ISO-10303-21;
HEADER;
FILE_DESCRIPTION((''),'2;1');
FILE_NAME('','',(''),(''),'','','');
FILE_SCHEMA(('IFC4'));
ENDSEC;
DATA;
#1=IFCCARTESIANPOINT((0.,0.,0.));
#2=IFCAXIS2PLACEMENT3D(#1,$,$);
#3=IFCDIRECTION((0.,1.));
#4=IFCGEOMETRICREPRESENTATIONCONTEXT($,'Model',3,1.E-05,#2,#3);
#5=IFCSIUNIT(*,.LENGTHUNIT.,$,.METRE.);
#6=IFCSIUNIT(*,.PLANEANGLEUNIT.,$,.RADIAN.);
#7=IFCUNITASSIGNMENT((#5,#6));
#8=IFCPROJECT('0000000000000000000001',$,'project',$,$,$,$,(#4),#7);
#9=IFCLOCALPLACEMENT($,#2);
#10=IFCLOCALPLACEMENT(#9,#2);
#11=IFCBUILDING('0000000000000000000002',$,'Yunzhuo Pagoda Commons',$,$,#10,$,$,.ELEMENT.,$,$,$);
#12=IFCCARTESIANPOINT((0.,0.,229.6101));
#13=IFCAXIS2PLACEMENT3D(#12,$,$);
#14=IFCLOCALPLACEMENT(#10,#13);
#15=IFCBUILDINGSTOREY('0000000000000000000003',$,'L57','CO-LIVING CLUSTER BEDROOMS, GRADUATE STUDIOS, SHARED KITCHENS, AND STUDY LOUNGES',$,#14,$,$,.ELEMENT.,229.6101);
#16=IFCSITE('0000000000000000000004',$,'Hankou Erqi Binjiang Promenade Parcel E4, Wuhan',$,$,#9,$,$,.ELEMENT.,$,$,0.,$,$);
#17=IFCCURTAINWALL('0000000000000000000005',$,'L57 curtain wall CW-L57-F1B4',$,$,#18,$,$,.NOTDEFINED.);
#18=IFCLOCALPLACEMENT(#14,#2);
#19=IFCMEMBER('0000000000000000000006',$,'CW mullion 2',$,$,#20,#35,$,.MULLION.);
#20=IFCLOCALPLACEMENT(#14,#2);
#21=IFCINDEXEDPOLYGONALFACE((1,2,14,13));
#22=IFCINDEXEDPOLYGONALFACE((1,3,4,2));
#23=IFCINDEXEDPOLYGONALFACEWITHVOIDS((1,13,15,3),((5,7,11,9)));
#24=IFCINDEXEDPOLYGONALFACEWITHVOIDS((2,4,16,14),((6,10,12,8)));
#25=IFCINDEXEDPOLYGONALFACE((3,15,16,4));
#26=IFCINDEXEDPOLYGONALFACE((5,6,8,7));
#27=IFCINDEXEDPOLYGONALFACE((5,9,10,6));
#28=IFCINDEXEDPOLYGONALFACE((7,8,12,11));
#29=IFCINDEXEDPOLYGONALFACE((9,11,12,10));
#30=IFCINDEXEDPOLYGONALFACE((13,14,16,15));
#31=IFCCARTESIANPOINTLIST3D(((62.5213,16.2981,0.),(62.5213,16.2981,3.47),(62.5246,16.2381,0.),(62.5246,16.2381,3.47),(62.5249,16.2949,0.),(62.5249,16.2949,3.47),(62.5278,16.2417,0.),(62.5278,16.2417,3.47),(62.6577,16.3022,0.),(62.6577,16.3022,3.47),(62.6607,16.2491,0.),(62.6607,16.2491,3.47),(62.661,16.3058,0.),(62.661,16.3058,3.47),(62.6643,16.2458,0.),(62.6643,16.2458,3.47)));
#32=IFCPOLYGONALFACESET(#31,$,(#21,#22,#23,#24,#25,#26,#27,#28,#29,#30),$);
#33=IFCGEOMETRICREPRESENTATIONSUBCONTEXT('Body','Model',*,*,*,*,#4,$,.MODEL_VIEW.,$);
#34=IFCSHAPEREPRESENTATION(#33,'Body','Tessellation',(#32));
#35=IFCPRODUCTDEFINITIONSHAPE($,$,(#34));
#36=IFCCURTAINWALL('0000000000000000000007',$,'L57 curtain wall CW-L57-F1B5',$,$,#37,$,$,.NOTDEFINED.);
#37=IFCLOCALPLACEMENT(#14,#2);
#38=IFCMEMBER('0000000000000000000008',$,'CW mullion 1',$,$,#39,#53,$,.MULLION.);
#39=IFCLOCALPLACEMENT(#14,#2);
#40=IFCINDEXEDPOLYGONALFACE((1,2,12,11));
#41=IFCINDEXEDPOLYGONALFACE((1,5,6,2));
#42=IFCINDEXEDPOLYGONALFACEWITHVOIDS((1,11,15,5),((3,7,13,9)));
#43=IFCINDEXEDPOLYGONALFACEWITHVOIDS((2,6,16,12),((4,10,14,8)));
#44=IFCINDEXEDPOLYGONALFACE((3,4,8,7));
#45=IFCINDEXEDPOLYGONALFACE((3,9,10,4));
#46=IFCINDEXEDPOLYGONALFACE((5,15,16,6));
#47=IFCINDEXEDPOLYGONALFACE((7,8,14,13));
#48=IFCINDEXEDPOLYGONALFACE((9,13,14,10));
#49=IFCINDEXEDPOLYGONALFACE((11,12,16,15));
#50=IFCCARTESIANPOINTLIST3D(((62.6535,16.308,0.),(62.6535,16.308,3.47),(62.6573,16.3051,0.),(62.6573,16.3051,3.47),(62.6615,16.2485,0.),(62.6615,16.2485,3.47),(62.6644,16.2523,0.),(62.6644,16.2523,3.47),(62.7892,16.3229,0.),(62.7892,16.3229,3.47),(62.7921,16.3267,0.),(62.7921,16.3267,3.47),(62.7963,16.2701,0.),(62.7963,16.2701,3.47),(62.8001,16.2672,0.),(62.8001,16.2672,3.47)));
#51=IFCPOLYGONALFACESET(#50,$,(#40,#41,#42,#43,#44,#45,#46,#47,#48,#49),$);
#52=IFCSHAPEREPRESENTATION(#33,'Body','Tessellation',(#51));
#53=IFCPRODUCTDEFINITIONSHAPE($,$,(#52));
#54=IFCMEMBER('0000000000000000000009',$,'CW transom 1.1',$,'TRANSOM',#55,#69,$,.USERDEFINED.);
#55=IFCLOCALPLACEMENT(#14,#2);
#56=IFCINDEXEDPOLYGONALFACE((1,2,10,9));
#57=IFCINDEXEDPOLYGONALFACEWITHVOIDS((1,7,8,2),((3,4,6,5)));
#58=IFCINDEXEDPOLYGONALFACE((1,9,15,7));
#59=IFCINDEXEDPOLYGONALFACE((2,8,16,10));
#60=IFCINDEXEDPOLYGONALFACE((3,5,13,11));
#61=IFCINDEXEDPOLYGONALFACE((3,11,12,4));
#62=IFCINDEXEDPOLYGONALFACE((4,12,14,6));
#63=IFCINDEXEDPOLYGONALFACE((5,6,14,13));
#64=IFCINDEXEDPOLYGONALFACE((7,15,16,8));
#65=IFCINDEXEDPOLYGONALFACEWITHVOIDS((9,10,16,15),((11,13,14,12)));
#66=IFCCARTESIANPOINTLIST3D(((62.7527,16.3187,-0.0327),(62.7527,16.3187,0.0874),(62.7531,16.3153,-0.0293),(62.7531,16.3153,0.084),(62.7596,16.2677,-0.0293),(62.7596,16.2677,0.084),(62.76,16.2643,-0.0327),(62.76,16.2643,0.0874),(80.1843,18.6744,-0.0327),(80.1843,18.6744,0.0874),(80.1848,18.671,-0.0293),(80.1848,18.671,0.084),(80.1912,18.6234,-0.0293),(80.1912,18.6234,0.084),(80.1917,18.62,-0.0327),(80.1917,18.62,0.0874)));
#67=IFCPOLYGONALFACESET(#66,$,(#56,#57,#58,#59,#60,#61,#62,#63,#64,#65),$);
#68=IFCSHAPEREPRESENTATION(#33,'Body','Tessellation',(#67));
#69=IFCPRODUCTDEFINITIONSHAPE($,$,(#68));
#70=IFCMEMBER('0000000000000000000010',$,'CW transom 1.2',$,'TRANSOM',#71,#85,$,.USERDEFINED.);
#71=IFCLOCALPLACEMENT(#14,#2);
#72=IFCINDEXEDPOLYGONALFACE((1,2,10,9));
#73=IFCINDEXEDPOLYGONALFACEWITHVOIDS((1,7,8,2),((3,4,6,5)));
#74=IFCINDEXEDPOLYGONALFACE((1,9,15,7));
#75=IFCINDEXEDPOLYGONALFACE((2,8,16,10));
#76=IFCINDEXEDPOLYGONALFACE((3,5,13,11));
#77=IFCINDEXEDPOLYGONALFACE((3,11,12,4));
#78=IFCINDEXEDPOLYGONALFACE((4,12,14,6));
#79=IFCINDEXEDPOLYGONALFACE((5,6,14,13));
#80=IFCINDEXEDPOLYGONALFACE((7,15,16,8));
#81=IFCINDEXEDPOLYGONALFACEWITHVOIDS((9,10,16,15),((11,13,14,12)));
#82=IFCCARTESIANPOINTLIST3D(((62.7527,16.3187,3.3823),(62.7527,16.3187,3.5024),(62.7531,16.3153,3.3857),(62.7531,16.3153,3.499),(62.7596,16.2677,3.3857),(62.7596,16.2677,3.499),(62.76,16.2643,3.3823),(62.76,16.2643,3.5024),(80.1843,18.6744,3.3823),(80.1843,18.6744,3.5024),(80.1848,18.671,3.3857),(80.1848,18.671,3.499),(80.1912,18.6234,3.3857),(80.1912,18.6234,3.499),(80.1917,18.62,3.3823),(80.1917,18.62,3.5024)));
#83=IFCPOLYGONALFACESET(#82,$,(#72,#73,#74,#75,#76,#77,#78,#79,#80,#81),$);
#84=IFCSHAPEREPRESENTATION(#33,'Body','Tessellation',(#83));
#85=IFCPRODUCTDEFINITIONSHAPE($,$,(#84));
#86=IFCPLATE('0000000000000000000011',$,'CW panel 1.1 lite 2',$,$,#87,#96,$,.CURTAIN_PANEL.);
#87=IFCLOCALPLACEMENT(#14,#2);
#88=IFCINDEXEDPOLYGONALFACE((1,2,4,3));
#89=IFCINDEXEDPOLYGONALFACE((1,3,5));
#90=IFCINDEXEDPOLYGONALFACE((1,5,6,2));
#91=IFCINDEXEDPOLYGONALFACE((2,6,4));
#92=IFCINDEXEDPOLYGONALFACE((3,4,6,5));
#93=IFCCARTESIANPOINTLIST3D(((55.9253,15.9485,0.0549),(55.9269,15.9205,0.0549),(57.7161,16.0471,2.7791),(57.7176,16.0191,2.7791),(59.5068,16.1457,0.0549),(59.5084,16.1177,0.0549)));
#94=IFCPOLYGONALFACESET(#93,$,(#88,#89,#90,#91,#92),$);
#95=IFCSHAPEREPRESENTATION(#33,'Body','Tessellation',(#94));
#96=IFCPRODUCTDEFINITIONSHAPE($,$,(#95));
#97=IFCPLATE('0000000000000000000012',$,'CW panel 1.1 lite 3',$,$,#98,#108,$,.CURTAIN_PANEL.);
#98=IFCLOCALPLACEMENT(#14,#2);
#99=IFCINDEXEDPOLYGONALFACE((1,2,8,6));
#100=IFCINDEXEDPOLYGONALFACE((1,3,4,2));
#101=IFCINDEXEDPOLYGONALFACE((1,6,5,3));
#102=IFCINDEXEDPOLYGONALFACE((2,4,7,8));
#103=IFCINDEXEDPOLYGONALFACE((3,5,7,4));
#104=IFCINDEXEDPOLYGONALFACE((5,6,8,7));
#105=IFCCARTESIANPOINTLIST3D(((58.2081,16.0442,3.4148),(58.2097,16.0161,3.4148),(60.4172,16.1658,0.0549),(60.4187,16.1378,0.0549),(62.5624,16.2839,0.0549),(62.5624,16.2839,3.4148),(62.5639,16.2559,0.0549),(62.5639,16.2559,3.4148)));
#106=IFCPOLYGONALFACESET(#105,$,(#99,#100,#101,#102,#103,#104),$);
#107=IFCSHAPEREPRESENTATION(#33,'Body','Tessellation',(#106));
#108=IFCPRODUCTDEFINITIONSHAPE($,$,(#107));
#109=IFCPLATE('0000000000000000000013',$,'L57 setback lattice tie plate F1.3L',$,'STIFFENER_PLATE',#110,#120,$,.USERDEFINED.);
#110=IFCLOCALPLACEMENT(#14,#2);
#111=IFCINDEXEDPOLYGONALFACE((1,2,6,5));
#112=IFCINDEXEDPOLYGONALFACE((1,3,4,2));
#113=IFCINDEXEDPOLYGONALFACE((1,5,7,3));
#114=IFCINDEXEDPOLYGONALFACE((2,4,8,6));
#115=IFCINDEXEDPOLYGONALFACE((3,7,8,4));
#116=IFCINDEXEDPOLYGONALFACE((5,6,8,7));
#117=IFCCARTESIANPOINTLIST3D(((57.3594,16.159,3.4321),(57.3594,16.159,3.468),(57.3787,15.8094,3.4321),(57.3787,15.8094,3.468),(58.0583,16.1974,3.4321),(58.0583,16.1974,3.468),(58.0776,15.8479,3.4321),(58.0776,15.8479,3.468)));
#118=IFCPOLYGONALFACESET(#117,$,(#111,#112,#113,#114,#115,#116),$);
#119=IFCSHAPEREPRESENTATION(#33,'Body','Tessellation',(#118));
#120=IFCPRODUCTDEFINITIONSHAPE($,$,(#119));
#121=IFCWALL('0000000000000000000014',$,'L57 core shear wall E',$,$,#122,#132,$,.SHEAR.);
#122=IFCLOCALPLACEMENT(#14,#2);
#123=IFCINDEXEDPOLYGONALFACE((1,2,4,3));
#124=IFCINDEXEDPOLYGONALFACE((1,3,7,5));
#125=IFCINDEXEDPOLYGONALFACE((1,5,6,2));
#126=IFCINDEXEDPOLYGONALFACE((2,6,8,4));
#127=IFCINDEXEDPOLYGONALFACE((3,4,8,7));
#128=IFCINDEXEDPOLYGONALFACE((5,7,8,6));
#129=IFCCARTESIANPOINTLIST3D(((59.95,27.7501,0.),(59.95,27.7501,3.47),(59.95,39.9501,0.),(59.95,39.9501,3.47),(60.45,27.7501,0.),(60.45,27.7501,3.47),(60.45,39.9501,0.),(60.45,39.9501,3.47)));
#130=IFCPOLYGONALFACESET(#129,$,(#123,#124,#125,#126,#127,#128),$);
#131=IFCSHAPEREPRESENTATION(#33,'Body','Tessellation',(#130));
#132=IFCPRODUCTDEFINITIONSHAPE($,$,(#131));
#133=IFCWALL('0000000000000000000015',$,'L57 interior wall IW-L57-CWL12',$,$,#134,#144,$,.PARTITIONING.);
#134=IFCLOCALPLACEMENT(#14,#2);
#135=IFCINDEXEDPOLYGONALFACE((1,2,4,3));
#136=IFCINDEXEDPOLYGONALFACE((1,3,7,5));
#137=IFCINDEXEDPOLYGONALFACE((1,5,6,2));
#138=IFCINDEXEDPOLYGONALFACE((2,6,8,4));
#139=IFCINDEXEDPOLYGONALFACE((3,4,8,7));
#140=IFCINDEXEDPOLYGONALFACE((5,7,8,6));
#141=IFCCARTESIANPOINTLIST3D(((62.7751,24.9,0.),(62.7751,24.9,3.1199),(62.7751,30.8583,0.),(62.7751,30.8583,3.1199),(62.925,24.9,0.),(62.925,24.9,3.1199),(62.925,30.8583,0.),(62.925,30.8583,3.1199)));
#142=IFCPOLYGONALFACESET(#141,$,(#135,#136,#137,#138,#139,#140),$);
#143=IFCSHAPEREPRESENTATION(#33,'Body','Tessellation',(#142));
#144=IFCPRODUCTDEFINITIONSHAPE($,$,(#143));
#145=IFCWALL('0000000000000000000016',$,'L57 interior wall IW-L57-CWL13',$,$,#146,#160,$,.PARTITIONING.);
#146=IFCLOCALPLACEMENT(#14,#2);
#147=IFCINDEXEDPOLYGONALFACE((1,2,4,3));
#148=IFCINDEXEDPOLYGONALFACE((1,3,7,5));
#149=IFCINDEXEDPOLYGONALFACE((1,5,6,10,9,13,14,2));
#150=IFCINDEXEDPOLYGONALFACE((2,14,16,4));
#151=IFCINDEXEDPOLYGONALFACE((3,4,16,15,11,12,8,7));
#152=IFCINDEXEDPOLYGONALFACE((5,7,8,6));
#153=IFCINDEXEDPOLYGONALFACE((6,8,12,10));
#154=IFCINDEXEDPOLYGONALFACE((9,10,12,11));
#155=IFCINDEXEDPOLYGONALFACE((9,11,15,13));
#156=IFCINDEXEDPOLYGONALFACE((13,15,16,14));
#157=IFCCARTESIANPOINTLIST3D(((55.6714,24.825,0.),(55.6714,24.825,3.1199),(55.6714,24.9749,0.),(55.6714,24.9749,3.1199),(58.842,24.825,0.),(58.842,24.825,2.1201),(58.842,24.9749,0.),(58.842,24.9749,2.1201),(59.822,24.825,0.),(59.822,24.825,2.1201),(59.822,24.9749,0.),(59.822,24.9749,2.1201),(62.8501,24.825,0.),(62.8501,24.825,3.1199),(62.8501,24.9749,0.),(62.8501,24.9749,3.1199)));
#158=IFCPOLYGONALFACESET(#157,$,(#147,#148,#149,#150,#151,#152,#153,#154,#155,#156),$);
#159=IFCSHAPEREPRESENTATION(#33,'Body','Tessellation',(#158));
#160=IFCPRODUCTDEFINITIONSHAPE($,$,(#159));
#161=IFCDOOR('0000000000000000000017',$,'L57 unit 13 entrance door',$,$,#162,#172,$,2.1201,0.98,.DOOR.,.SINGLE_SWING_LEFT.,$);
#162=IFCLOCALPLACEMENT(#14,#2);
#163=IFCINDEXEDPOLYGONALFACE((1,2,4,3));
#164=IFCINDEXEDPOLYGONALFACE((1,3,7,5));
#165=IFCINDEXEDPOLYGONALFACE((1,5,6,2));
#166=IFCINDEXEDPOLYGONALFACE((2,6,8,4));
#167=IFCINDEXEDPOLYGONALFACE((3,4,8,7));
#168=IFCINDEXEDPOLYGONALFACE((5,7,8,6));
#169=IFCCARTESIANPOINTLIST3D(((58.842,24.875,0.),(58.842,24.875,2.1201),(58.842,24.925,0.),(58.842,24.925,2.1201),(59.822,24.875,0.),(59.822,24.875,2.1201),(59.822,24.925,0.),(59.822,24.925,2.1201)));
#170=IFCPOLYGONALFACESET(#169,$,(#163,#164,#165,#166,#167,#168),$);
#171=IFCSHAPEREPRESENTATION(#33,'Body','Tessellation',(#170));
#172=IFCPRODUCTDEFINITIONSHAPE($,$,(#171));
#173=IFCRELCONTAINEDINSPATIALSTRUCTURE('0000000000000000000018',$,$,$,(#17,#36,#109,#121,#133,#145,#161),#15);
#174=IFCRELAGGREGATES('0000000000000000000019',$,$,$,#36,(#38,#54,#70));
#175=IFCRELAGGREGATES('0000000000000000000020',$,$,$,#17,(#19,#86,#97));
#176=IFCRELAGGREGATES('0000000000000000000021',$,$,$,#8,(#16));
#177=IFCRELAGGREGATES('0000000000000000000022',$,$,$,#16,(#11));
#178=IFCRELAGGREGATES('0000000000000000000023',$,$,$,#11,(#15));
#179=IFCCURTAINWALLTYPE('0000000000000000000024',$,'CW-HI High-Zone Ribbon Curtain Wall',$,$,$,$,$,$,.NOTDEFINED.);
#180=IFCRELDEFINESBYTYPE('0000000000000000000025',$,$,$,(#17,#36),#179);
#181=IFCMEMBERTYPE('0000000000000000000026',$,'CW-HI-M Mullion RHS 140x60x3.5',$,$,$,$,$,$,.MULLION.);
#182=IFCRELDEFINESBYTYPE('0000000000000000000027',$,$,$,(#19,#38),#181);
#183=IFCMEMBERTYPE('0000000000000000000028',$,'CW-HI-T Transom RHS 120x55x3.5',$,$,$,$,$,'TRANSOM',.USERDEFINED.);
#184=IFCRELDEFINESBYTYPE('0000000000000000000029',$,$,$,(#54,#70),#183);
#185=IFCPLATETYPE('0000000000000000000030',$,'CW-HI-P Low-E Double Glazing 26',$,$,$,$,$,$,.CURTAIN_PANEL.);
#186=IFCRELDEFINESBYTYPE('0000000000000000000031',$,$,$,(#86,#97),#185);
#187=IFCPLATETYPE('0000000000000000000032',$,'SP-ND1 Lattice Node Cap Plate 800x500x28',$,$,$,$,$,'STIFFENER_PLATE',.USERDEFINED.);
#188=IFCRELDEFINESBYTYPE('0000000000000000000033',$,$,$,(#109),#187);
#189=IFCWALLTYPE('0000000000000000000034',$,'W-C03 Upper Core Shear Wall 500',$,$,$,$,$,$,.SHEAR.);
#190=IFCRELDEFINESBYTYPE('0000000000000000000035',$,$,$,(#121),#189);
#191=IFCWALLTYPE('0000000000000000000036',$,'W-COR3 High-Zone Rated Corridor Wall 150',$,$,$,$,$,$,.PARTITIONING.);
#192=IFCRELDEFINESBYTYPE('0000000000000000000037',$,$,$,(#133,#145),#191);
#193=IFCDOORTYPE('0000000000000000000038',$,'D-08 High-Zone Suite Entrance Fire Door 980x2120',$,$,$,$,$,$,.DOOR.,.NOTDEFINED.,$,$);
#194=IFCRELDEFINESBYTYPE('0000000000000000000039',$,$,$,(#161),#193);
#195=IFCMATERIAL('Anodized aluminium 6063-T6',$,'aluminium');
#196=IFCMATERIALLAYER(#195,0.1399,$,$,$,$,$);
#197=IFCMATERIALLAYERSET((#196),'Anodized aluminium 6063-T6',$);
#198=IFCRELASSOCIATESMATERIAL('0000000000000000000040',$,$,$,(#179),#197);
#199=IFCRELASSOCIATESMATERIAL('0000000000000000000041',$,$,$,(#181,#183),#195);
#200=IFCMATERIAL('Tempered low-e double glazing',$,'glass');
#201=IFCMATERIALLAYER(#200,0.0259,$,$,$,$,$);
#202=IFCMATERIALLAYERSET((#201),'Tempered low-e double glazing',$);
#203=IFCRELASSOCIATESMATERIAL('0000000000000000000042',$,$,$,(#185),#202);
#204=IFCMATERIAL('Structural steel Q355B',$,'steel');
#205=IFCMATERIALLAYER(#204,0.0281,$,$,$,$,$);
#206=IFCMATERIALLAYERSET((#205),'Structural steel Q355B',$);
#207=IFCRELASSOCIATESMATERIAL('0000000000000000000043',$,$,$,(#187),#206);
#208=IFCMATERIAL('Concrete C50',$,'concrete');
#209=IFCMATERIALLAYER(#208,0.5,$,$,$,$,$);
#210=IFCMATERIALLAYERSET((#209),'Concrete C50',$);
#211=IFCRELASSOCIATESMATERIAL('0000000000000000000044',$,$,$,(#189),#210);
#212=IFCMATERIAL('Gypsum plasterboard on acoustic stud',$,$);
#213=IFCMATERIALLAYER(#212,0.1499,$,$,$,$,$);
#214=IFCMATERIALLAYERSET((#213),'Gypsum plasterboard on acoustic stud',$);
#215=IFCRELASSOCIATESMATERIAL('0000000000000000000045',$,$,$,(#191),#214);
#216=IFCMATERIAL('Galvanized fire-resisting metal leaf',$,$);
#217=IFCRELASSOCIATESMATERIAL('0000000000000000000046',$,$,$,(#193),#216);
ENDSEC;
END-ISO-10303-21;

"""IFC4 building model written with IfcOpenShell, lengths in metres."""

from ifc_helpers import new_model, si_unit, direction, frame, frame_2d, origin, origin_with_axes, origin_2d, place, context, subcontext, project, spatial, polyline, rectangle, hollow_rectangle, outline, extrude, source, transform, mapped, material, layer, layer_set, material_profile, profile_set, type_object, element, fill, aggregate, save


model = new_model("IFC4")

# Units and contexts
model_context = context("Model", 3, precision=1e-05, world=origin(), true_north=direction((0.0, 1.0)))
body_context = subcontext(model_context, "Body", "Model", "MODEL_VIEW")
ifc_project = project(units=[si_unit("LENGTHUNIT", "METRE"), si_unit("PLANEANGLEUNIT", "RADIAN")], contexts=[model_context])

# Site, building, storey
site_placement = place(None, origin())
site = spatial("IfcSite", under=ifc_project, at=site_placement, Name="Hankou Erqi Binjiang Promenade Parcel E4, Wuhan", CompositionType="ELEMENT", RefElevation=0.0)
building_placement = place(site_placement, origin())
building = spatial("IfcBuilding", under=site, at=building_placement, Name="Yunzhuo Pagoda Commons", CompositionType="ELEMENT")
storey_placement = place(building_placement, frame((0.0, 0.0, 229.6101)))
storey = spatial("IfcBuildingStorey", under=building, at=storey_placement, Name="L57", Description="CO-LIVING CLUSTER BEDROOMS, GRADUATE STUDIOS, SHARED KITCHENS, AND STUDY LOUNGES", CompositionType="ELEMENT", Elevation=229.6101)

# Shared definitions
ifc_material_1 = material(Name="Structural steel Q355B", Category="steel")

# Curtain wall, member
ifc_material_2 = material(Name="Anodized aluminium 6063-T6", Category="aluminium")
ifc_layer_1 = layer(ifc_material_2, 0.1399)
ifc_layer_set_1 = layer_set([ifc_layer_1], Name="Anodized aluminium 6063-T6")
curtain_wall_type = type_object("IfcCurtainWallType", Name="CW-HI High-Zone Ribbon Curtain Wall", PredefinedType="NOTDEFINED", material=ifc_layer_set_1)
curtain_wall_1_placement = place(storey_placement, origin())
curtain_wall_1 = element("IfcCurtainWall", 1, at=curtain_wall_1_placement, inside=storey, type_object=curtain_wall_type, Name="L57 curtain wall CW-L57-F1B4", PredefinedType="NOTDEFINED")
ifc_material_profile_1 = material_profile(ifc_material_2, hollow_rectangle(XDim=0.0601, YDim=0.1399, WallThickness=0.0034, at=origin_2d()), Name="Anodized aluminium 6063-T6")
ifc_profile_set_1 = profile_set([ifc_material_profile_1], Name="Anodized aluminium 6063-T6")
member_type_1 = type_object("IfcMemberType", Name="CW-HI-M Mullion RHS 140x60x3.5", PredefinedType="MULLION", material=ifc_profile_set_1)
shared_shape_1 = source(origin(), body_context, "Body", "SweptSolid", [
    extrude(hollow_rectangle(XDim=0.0601, YDim=0.1399, WallThickness=0.0034, at=origin_2d()), origin(), (0.0, 0.0, 1.0), 3.47),
])
member_1_placement = place(storey_placement, frame((62.5928, 16.272, 0.0), z_axis=(0.0, 0.0, 1.0), x_axis=(-0.054981, 0.998487, 0.0)))
member_1 = element("IfcMember", 2, at=member_1_placement, type_object=member_type_1, Name="CW mullion 2", PredefinedType="MULLION", context=body_context, shape_type="MappedRepresentation", body=[
    mapped(shared_shape_1, transform((0.0, 0.0, 0.0), scale=1.0)),
])

# Curtain wall, members
curtain_wall_2_placement = place(storey_placement, origin())
curtain_wall_2 = element("IfcCurtainWall", 3, at=curtain_wall_2_placement, inside=storey, type_object=curtain_wall_type, Name="L57 curtain wall CW-L57-F1B5", PredefinedType="NOTDEFINED")
member_2_placement = place(storey_placement, frame((62.7268, 16.2876, 0.0), z_axis=(0.0, 0.0, 1.0), x_axis=(-0.13393, 0.990991, 0.0)))
member_2 = element("IfcMember", 4, at=member_2_placement, type_object=member_type_1, Name="CW mullion 1", PredefinedType="MULLION", context=body_context, shape_type="MappedRepresentation", body=[
    mapped(shared_shape_1, transform((0.0, 0.0, 0.0), scale=1.0)),
])
ifc_material_profile_2 = material_profile(ifc_material_2, hollow_rectangle(XDim=0.0549, YDim=0.1201, WallThickness=0.0034, at=origin_2d()), Name="Anodized aluminium 6063-T6")
ifc_profile_set_2 = profile_set([ifc_material_profile_2], Name="Anodized aluminium 6063-T6")
member_type_2 = type_object("IfcMemberType", Name="CW-HI-T Transom RHS 120x55x3.5", ElementType="TRANSOM", PredefinedType="USERDEFINED", material=ifc_profile_set_2)
shared_shape_2 = source(origin(), body_context, "Body", "SweptSolid", [
    extrude(hollow_rectangle(XDim=0.0549, YDim=0.1201, WallThickness=0.0034, at=origin_2d()), origin(), (0.0, 0.0, 1.0), 17.5901),
])
member_3_placement = place(storey_placement, frame((62.7563, 16.2915, 0.0273), z_axis=(0.990992, 0.133923, 0.0), x_axis=(-0.133923, 0.990992, 0.0)))
member_3 = element("IfcMember", 5, at=member_3_placement, type_object=member_type_2, Name="CW transom 1.1", ObjectType="TRANSOM", PredefinedType="USERDEFINED", context=body_context, shape_type="MappedRepresentation", body=[
    mapped(shared_shape_2, transform((0.0, 0.0, 0.0), scale=1.0)),
])
member_4_placement = place(storey_placement, frame((62.7563, 16.2915, 3.4424), z_axis=(0.990992, 0.133923, 0.0), x_axis=(-0.133923, 0.990992, 0.0)))
member_4 = element("IfcMember", 6, at=member_4_placement, type_object=member_type_2, Name="CW transom 1.2", ObjectType="TRANSOM", PredefinedType="USERDEFINED", context=body_context, shape_type="MappedRepresentation", body=[
    mapped(shared_shape_2, transform((0.0, 0.0, 0.0), scale=1.0)),
])
aggregate(curtain_wall_2, [member_2, member_3, member_4])

# Plates
ifc_material_3 = material(Name="Tempered low-e double glazing", Category="glass")
ifc_layer_2 = layer(ifc_material_3, 0.0259)
ifc_layer_set_2 = layer_set([ifc_layer_2], Name="Tempered low-e double glazing")
plate_type_1 = type_object("IfcPlateType", Name="CW-HI-P Low-E Double Glazing 26", PredefinedType="CURTAIN_PANEL", material=ifc_layer_set_2)
plate_1_placement = place(storey_placement, frame((57.7161, 16.0471, 1.417), z_axis=(0.054981, -0.998487, 0.0), x_axis=(0.998487, 0.054981, 0.0)))
plate_1 = element("IfcPlate", 7, at=plate_1_placement, type_object=plate_type_1, Name="CW panel 1.1 lite 2", PredefinedType="CURTAIN_PANEL", context=body_context, shape_type="SweptSolid", body=[
    extrude(outline(polyline([(-1.7935, -1.3621), (1.7935, -1.3621), (0.0, 1.3621), (-1.7935, -1.3621)])), origin(), (0.0, 0.0, 1.0), 0.0281),
])
plate_2_placement = place(storey_placement, frame((60.3853, 16.1641, 1.7349), z_axis=(0.054981, -0.998487, 0.0), x_axis=(0.998487, 0.054981, 0.0)))
plate_2 = element("IfcPlate", 8, at=plate_2_placement, type_object=plate_type_1, Name="CW panel 1.1 lite 3", PredefinedType="CURTAIN_PANEL", context=body_context, shape_type="SweptSolid", body=[
    extrude(outline(polyline([(-2.1804, 1.6799), (0.032, -1.6799), (2.1804, -1.6799), (2.1804, 1.6799), (-2.1804, 1.6799)])), origin(), (0.0, 0.0, 1.0), 0.0281),
])
aggregate(curtain_wall_1, [member_1, plate_1, plate_2])
ifc_layer_3 = layer(ifc_material_1, 0.0281)
ifc_layer_set_3 = layer_set([ifc_layer_3], Name="Structural steel Q355B")
plate_type_2 = type_object("IfcPlateType", Name="SP-ND1 Lattice Node Cap Plate 800x500x28", ElementType="STIFFENER_PLATE", PredefinedType="USERDEFINED", material=ifc_layer_set_3)
shared_shape_3 = source(origin(), body_context, "Body", "SweptSolid", [
    extrude(rectangle(XDim=0.7, YDim=0.3501, at=origin_2d()), origin(), (0.0, 0.0, 1.0), 0.0359),
])
plate_3_placement = place(storey_placement, frame((57.7185, 16.0034, 3.4321), z_axis=(0.0, 0.0, 1.0), x_axis=(0.998487, 0.054985, 0.0)))
element("IfcPlate", 9, at=plate_3_placement, inside=storey, type_object=plate_type_2, Name="L57 setback lattice tie plate F1.3L", ObjectType="STIFFENER_PLATE", PredefinedType="USERDEFINED", context=body_context, shape_type="MappedRepresentation", body=[
    mapped(shared_shape_3, transform((0.0, 0.0, 0.0), scale=1.0)),
])

# Walls
ifc_material_4 = material(Name="Concrete C50", Category="concrete")
ifc_layer_4 = layer(ifc_material_4, 0.5)
ifc_layer_set_4 = layer_set([ifc_layer_4], Name="Concrete C50")
wall_type_1 = type_object("IfcWallType", Name="W-C03 Upper Core Shear Wall 500", PredefinedType="SHEAR", material=ifc_layer_set_4)
wall_1_placement = place(storey_placement, frame((60.2, 27.75, 0.0), z_axis=(0.0, 0.0, 1.0), x_axis=(0.0, 1.0, 0.0)))
element("IfcWall", 10, at=wall_1_placement, inside=storey, type_object=wall_type_1, Name="L57 core shear wall E", PredefinedType="SHEAR", context=body_context, shape_type="SweptSolid", body=[
    extrude(rectangle(XDim=12.2, YDim=0.5, at=frame_2d((6.1001, 0.0))), origin(), (0.0, 0.0, 1.0), 3.47),
])
ifc_material_5 = material(Name="Gypsum plasterboard on acoustic stud")
ifc_layer_5 = layer(ifc_material_5, 0.1499)
ifc_layer_set_5 = layer_set([ifc_layer_5], Name="Gypsum plasterboard on acoustic stud")
wall_type_2 = type_object("IfcWallType", Name="W-COR3 High-Zone Rated Corridor Wall 150", PredefinedType="PARTITIONING", material=ifc_layer_set_5)
wall_2_placement = place(storey_placement, frame((62.8501, 30.8582, 0.0), z_axis=(0.0, 0.0, 1.0), x_axis=(0.0, -1.0, 0.0)))
element("IfcWall", 11, at=wall_2_placement, inside=storey, type_object=wall_type_2, Name="L57 interior wall IW-L57-CWL12", PredefinedType="PARTITIONING", context=body_context, shape_type="SweptSolid", body=[
    extrude(rectangle(XDim=5.9583, YDim=0.1499, at=frame_2d((2.979, 0.0))), origin(), (0.0, 0.0, 1.0), 3.1199),
])

# Wall, opening, door
wall_3_placement = place(storey_placement, frame((62.8501, 24.8999, 0.0), z_axis=(0.0, 0.0, 1.0), x_axis=(-1.0, 0.0, 0.0)))
wall_3 = element("IfcWall", 12, at=wall_3_placement, inside=storey, type_object=wall_type_2, Name="L57 interior wall IW-L57-CWL13", PredefinedType="PARTITIONING", context=body_context, shape_type="SweptSolid", body=[
    extrude(rectangle(XDim=7.1787, YDim=0.1499, at=frame_2d((3.5894, 0.0))), origin(), (0.0, 0.0, 1.0), 3.1199),
])
opening_placement = place(wall_3_placement, frame((3.0281, 0.0, 0.0)))
opening = element("IfcOpeningElement", 13, at=opening_placement, cuts=wall_3, PredefinedType="OPENING", context=body_context, shape_type="SweptSolid", body=[
    extrude(rectangle(XDim=0.98, YDim=2.1201, at=frame_2d((0.49, 1.0601))), frame((0.0, 0.085, 0.0), z_axis=(0.0, -1.0, 0.0), x_axis=(1.0, 0.0, 0.0)), (0.0, 0.0, 1.0), 0.1699),
])
ifc_material_6 = material(Name="Galvanized fire-resisting metal leaf")
door_type = type_object("IfcDoorType", Name="D-08 High-Zone Suite Entrance Fire Door 980x2120", OperationType="NOTDEFINED", PredefinedType="DOOR", material=ifc_material_6)
shared_shape_4 = source(origin(), body_context, "Body", "SweptSolid", [
    extrude(rectangle(XDim=0.98, YDim=2.1201, at=frame_2d((0.49, 1.0601))), frame((0.0, 0.0249, 0.0), z_axis=(0.0, -1.0, 0.0), x_axis=(1.0, 0.0, 0.0)), (0.0, 0.0, 1.0), 0.05),
])
door_placement = place(opening_placement, origin_with_axes())
door = element("IfcDoor", 14, at=door_placement, inside=storey, type_object=door_type, Name="L57 unit 13 entrance door", OperationType="SINGLE_SWING_LEFT", OverallHeight=2.1201, OverallWidth=0.98, PredefinedType="DOOR", context=body_context, shape_type="MappedRepresentation", body=[
    mapped(shared_shape_4, transform((0.0, 0.0, 0.0), scale=1.0)),
])
fill(opening, door)

save(model, "model.ifc")
